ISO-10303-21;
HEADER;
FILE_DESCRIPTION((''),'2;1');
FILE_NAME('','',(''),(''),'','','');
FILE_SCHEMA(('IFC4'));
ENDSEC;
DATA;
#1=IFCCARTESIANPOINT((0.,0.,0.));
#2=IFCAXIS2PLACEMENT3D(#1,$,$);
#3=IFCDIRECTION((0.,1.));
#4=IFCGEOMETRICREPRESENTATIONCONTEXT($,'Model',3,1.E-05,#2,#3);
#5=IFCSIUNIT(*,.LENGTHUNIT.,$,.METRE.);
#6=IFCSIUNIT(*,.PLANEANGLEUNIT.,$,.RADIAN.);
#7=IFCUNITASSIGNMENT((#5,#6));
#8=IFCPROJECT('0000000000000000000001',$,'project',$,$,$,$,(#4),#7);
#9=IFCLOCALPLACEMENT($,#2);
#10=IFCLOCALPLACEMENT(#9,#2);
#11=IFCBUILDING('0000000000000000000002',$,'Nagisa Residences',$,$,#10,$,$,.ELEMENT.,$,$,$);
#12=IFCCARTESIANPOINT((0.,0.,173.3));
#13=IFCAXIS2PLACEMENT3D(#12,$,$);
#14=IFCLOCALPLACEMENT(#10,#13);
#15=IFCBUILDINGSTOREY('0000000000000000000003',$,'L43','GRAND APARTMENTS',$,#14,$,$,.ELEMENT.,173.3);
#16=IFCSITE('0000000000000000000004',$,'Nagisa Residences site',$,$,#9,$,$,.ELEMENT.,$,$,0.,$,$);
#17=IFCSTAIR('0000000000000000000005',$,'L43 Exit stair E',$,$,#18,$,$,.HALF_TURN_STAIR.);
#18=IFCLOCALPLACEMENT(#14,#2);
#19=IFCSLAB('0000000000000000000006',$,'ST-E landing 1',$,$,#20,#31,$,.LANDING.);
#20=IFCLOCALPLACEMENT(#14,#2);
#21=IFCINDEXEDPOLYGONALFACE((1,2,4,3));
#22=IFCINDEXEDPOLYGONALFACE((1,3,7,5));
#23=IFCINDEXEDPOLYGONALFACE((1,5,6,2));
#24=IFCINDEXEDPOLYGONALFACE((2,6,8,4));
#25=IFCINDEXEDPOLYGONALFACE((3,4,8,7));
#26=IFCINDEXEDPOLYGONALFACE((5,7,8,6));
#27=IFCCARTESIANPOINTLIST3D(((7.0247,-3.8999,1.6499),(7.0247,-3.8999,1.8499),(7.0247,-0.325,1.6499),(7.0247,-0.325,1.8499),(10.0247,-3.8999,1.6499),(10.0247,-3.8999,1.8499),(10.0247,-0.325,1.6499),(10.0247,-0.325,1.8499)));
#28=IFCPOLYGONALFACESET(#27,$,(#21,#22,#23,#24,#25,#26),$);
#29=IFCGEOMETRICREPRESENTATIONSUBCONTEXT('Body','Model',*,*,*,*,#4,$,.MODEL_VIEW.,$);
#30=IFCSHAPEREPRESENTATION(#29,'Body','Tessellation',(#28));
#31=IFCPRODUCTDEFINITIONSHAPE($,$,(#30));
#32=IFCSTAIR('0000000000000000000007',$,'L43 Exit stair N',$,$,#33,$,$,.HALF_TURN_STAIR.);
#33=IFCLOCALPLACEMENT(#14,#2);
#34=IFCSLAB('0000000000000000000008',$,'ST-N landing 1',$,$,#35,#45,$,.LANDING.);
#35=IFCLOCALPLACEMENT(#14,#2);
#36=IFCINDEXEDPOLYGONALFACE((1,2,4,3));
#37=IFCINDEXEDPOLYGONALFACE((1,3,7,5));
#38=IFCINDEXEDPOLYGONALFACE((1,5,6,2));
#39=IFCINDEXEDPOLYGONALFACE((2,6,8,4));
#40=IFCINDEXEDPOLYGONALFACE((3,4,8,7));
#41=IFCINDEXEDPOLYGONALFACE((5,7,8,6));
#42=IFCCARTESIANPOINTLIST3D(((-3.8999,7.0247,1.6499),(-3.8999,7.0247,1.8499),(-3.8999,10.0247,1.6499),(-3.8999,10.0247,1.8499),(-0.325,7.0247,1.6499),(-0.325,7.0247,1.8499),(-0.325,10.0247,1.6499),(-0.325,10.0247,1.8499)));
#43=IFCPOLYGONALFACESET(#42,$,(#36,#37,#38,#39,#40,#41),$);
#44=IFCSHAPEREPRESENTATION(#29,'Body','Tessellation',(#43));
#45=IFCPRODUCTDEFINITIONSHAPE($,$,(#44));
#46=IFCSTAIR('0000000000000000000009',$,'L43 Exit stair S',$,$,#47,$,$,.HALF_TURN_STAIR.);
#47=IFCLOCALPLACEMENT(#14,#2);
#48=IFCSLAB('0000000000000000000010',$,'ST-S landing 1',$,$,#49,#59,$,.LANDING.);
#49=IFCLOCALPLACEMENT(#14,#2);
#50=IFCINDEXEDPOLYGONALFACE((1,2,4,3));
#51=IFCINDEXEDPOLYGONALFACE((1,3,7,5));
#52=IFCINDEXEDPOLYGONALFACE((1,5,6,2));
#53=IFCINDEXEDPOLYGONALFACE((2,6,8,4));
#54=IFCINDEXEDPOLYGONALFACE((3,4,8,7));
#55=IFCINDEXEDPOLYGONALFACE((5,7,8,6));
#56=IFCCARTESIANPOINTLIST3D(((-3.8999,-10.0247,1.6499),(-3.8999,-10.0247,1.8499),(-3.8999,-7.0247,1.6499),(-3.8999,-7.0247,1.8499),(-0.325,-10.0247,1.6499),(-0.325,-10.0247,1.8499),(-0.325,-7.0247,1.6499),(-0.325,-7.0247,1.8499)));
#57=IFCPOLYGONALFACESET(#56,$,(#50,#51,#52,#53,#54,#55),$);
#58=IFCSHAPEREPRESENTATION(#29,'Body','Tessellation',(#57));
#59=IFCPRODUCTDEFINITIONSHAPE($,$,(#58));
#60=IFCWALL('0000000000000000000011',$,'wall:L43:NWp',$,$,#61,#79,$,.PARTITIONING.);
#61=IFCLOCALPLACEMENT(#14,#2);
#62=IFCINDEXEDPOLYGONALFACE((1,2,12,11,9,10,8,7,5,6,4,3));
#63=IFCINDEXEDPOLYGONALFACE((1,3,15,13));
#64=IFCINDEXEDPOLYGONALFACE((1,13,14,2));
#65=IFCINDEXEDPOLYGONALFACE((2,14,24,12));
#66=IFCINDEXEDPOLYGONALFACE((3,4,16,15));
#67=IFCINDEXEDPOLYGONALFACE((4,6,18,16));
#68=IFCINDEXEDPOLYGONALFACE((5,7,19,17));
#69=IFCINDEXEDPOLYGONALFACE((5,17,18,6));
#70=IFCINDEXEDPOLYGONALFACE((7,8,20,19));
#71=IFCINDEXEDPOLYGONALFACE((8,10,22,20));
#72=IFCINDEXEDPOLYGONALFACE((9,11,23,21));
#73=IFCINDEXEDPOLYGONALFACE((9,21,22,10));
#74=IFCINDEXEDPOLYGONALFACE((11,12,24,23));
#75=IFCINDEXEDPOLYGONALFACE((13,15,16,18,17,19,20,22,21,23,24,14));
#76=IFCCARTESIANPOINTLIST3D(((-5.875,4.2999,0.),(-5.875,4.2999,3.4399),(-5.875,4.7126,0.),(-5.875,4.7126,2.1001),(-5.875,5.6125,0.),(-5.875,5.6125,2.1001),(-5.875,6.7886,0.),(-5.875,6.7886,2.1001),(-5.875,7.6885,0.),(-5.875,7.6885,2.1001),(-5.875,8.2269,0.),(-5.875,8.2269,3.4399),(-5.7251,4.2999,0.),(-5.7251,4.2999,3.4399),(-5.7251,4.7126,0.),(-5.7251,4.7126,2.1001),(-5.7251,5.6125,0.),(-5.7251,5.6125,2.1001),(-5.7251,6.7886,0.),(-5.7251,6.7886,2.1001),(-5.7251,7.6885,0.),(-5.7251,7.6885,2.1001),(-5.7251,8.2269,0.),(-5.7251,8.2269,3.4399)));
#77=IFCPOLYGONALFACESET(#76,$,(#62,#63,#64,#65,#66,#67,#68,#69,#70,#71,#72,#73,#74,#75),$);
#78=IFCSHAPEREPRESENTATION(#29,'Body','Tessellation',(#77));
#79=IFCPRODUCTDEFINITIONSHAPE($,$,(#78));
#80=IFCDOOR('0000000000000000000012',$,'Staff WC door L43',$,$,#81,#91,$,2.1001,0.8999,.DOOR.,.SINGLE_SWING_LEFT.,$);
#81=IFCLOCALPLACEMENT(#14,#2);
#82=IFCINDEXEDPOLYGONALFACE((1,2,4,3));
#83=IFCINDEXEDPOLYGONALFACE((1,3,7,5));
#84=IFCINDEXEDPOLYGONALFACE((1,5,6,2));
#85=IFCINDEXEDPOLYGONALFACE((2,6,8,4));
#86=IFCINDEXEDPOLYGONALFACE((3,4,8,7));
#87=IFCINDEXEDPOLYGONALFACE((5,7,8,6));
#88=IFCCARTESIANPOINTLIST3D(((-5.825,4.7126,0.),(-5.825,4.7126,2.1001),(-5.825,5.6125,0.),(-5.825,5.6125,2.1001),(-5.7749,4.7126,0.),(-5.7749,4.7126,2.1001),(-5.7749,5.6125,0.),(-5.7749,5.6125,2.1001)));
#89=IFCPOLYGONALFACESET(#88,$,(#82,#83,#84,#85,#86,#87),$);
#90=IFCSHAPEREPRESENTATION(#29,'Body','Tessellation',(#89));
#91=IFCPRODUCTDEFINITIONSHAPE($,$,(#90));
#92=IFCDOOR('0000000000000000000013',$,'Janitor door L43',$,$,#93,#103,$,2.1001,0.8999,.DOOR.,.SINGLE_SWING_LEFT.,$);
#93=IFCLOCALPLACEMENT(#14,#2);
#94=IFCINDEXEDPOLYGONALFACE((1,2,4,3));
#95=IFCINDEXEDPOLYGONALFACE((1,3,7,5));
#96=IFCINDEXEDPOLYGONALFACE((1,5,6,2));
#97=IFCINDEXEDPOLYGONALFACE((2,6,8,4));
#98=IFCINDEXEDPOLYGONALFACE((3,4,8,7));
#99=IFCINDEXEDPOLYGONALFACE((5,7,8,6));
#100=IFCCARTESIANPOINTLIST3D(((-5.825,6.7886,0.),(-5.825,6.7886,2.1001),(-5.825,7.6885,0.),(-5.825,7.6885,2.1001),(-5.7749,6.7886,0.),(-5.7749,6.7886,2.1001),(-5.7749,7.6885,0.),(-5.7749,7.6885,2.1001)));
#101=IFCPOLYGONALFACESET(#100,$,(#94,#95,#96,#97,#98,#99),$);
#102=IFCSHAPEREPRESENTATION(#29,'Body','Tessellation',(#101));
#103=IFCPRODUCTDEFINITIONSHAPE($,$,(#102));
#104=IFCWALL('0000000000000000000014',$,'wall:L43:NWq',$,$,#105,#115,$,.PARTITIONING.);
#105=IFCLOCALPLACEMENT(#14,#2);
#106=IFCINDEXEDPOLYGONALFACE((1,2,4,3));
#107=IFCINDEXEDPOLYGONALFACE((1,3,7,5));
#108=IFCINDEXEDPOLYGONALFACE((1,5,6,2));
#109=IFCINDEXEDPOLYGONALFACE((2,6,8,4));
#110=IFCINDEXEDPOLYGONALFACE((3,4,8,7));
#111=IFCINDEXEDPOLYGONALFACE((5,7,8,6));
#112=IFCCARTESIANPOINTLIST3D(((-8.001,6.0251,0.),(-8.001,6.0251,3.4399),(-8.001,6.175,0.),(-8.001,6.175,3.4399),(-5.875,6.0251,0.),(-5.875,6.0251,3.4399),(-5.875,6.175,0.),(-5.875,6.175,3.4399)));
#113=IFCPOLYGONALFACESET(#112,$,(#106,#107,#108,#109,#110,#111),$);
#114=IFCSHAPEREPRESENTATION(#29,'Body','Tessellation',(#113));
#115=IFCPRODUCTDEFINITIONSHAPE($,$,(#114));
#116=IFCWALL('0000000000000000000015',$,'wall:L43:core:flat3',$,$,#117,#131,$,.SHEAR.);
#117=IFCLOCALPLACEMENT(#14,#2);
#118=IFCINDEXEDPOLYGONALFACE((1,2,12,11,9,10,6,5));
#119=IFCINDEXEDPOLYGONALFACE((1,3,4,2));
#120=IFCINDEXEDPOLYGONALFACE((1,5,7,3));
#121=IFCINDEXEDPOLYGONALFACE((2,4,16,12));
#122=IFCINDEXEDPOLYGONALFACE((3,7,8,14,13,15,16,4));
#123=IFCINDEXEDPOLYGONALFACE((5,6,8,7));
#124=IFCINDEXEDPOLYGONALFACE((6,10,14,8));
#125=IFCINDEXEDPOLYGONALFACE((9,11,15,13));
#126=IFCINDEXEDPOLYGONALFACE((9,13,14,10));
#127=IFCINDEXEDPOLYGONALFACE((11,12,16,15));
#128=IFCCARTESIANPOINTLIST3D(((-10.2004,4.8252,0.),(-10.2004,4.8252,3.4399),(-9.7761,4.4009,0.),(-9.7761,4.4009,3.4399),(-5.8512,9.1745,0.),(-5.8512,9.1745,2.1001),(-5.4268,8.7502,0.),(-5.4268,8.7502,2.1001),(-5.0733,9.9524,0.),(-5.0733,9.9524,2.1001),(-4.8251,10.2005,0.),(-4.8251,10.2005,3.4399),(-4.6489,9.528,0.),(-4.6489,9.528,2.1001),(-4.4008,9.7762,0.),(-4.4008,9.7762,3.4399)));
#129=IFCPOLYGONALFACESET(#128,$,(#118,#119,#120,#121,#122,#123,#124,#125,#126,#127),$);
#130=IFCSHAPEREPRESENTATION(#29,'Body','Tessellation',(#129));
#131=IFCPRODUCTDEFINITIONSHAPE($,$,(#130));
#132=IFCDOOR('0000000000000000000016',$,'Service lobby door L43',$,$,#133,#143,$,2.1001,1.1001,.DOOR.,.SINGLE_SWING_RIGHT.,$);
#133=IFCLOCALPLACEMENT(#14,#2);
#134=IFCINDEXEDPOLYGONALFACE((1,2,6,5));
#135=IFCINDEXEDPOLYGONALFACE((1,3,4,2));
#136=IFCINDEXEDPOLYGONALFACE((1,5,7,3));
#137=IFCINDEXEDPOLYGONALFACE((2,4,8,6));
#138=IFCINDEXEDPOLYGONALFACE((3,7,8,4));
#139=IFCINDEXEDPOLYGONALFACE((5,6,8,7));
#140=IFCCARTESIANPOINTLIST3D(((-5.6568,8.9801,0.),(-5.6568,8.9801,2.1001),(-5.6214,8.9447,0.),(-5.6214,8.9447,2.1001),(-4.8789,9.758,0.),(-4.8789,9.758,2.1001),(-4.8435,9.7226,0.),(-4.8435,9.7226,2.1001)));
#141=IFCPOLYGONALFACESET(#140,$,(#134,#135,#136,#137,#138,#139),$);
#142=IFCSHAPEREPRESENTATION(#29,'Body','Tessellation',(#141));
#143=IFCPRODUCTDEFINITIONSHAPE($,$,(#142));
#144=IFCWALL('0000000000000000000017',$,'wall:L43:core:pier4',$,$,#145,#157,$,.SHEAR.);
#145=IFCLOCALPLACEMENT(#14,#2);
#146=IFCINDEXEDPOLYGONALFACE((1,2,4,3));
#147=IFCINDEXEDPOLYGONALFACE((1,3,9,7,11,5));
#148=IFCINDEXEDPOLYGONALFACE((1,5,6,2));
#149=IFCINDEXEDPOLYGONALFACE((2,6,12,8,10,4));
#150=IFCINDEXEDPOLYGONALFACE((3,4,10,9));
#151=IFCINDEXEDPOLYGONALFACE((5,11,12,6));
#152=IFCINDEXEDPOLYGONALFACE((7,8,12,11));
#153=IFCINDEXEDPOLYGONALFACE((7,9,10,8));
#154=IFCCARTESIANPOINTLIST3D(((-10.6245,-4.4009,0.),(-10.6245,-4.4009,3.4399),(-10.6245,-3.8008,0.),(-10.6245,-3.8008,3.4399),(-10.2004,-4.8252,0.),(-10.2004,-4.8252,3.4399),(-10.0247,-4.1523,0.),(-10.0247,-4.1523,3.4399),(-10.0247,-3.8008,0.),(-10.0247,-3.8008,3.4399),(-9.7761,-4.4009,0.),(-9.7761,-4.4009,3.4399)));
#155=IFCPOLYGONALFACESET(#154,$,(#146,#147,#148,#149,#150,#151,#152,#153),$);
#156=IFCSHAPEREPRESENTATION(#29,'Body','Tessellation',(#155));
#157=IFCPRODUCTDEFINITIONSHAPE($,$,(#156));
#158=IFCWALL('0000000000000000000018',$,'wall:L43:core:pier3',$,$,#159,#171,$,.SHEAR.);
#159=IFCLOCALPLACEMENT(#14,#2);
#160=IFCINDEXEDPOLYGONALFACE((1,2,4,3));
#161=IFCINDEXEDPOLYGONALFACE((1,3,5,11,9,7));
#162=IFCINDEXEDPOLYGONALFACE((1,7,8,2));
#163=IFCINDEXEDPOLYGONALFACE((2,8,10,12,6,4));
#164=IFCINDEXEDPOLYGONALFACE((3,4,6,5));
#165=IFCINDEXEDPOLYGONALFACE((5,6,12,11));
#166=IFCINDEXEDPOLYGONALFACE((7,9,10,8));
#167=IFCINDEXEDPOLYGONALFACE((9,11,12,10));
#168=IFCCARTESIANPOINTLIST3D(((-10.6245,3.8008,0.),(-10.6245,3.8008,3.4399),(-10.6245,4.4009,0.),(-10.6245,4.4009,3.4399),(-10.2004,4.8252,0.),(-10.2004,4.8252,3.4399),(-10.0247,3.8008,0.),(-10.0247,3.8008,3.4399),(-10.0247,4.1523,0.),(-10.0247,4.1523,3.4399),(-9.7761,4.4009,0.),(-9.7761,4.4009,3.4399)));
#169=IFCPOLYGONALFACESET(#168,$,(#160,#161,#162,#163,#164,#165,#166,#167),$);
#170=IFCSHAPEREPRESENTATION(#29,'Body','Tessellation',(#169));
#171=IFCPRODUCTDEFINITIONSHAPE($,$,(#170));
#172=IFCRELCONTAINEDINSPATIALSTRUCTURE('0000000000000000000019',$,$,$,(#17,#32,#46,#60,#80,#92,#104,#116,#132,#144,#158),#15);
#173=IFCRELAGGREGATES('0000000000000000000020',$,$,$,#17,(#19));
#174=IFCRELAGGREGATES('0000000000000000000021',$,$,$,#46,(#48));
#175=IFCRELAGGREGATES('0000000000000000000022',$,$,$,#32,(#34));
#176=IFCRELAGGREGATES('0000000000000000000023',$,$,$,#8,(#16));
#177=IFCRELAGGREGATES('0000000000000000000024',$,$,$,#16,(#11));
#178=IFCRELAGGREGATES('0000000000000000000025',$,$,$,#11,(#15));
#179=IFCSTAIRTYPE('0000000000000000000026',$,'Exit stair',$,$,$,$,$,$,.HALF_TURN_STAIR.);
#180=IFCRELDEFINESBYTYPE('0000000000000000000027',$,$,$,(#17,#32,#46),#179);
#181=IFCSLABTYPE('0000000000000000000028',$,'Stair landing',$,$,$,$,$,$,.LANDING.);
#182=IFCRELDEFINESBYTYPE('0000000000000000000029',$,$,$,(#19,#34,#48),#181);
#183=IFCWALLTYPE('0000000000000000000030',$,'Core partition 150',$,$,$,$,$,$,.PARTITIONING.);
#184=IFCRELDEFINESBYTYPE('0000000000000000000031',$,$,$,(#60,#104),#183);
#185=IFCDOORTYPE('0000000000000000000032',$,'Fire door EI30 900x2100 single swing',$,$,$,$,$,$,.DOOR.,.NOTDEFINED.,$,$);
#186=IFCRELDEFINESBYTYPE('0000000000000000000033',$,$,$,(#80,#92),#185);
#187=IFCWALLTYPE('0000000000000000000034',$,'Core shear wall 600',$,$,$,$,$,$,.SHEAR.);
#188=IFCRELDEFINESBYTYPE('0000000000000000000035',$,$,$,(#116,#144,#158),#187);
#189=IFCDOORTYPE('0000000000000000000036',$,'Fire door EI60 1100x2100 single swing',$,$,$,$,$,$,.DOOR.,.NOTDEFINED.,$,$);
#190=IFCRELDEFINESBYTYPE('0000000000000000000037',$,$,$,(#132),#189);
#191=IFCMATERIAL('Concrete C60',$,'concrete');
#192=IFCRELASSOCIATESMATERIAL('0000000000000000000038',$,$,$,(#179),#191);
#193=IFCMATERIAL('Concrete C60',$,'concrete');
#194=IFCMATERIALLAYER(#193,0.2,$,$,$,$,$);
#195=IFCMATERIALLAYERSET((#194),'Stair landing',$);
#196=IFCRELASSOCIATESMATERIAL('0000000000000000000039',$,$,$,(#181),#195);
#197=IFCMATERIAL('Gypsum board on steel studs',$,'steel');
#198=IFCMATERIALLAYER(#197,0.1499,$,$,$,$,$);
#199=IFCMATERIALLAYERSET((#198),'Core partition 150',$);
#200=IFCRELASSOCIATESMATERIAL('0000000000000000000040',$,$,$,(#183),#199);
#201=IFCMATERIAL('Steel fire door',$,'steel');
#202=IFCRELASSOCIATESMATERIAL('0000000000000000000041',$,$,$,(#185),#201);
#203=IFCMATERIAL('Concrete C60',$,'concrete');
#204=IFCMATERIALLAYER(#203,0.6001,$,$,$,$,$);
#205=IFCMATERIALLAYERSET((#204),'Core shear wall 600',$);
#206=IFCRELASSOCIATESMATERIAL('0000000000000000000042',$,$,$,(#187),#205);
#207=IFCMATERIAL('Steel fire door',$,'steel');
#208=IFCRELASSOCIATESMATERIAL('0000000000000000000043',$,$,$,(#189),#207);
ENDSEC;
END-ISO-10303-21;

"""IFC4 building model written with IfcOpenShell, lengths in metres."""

from ifc_helpers import new_model, si_unit, direction, frame, frame_2d, origin, place, context, subcontext, project, spatial, polyline, rectangle, outline, extrude, material, layer, layer_set, type_object, element, fill, aggregate, save


model = new_model("IFC4")

# Units and contexts
model_context = context("Model", 3, precision=1e-05, world=origin(), true_north=direction((0.0, 1.0)))
body_context = subcontext(model_context, "Body", "Model", "MODEL_VIEW")
ifc_project = project(units=[si_unit("LENGTHUNIT", "METRE"), si_unit("PLANEANGLEUNIT", "RADIAN")], contexts=[model_context])

# Site, building, storey
site_placement = place(None, origin())
site = spatial("IfcSite", under=ifc_project, at=site_placement, Name="Nagisa Residences site", CompositionType="ELEMENT", RefElevation=0.0)
building_placement = place(site_placement, origin())
building = spatial("IfcBuilding", under=site, at=building_placement, Name="Nagisa Residences", CompositionType="ELEMENT")
storey_placement = place(building_placement, frame((0.0, 0.0, 173.3)))
storey = spatial("IfcBuildingStorey", under=building, at=storey_placement, Name="L43", Description="GRAND APARTMENTS", CompositionType="ELEMENT", Elevation=173.3)

# Stairs, slabs
ifc_material_1 = material(Name="Concrete C60", Category="concrete")
stair_type = type_object("IfcStairType", Name="Exit stair", PredefinedType="HALF_TURN_STAIR", material=ifc_material_1)
stair_1_placement = place(storey_placement, origin())
stair_1 = element("IfcStair", 1, at=stair_1_placement, inside=storey, type_object=stair_type, Name="L43 Exit stair E", PredefinedType="HALF_TURN_STAIR")
ifc_material_2 = material(Name="Concrete C60", Category="concrete")
ifc_layer_1 = layer(ifc_material_2, 0.2)
ifc_layer_set_1 = layer_set([ifc_layer_1], Name="Stair landing")
slab_type = type_object("IfcSlabType", Name="Stair landing", PredefinedType="LANDING", material=ifc_layer_set_1)
slab_1_placement = place(storey_placement, frame((0.0, 0.0, 1.6499)))
slab_1 = element("IfcSlab", 2, at=slab_1_placement, type_object=slab_type, Name="ST-E landing 1", PredefinedType="LANDING", context=body_context, shape_type="SweptSolid", body=[
    extrude(outline(polyline([(7.0247, -0.325), (7.0247, -3.8999), (10.0247, -3.8999), (10.0247, -0.325), (7.0247, -0.325)])), origin(), (0.0, 0.0, 1.0), 0.2),
])
aggregate(stair_1, [slab_1])
stair_2_placement = place(storey_placement, origin())
stair_2 = element("IfcStair", 3, at=stair_2_placement, inside=storey, type_object=stair_type, Name="L43 Exit stair N", PredefinedType="HALF_TURN_STAIR")
slab_2_placement = place(storey_placement, frame((0.0, 0.0, 1.6499)))
slab_2 = element("IfcSlab", 4, at=slab_2_placement, type_object=slab_type, Name="ST-N landing 1", PredefinedType="LANDING", context=body_context, shape_type="SweptSolid", body=[
    extrude(outline(polyline([(-0.325, 10.0247), (-3.8999, 10.0247), (-3.8999, 7.0247), (-0.325, 7.0247), (-0.325, 10.0247)])), origin(), (0.0, 0.0, 1.0), 0.2),
])
stair_3_placement = place(storey_placement, origin())
stair_3 = element("IfcStair", 5, at=stair_3_placement, inside=storey, type_object=stair_type, Name="L43 Exit stair S", PredefinedType="HALF_TURN_STAIR")
slab_3_placement = place(storey_placement, frame((0.0, 0.0, 1.6499)))
slab_3 = element("IfcSlab", 6, at=slab_3_placement, type_object=slab_type, Name="ST-S landing 1", PredefinedType="LANDING", context=body_context, shape_type="SweptSolid", body=[
    extrude(outline(polyline([(-0.325, -7.0247), (-3.8999, -7.0247), (-3.8999, -10.0247), (-0.325, -10.0247), (-0.325, -7.0247)])), origin(), (0.0, 0.0, 1.0), 0.2),
])
aggregate(stair_3, [slab_3])

# Wall, openings, doors
ifc_material_3 = material(Name="Gypsum board on steel studs", Category="steel")
ifc_layer_2 = layer(ifc_material_3, 0.1499)
ifc_layer_set_2 = layer_set([ifc_layer_2], Name="Core partition 150")
wall_type_1 = type_object("IfcWallType", Name="Core partition 150", PredefinedType="PARTITIONING", material=ifc_layer_set_2)
wall_1_placement = place(storey_placement, frame((-5.8, 4.3, 0.0), z_axis=(0.0, 0.0, 1.0), x_axis=(0.0, 1.0, 0.0)))
wall_1 = element("IfcWall", 7, at=wall_1_placement, inside=storey, type_object=wall_type_1, Name="wall:L43:NWp", PredefinedType="PARTITIONING", context=body_context, shape_type="SweptSolid", body=[
    extrude(rectangle(XDim=3.927, YDim=0.1499, at=frame_2d((1.9634, 0.0))), origin(), (0.0, 0.0, 1.0), 3.4399),
])
opening_1_placement = place(wall_1_placement, frame((0.4126, 0.0, 0.0)))
opening_1 = element("IfcOpeningElement", 8, at=opening_1_placement, cuts=wall_1, PredefinedType="OPENING", context=body_context, shape_type="SweptSolid", body=[
    extrude(rectangle(XDim=0.8999, YDim=2.1001, at=frame_2d((0.45, 1.05))), frame((0.0, 0.085, 0.0), z_axis=(0.0, -1.0, 0.0), x_axis=(1.0, 0.0, 0.0)), (0.0, 0.0, 1.0), 0.1699),
])
opening_2_placement = place(wall_1_placement, frame((2.4885, 0.0, 0.0)))
opening_2 = element("IfcOpeningElement", 9, at=opening_2_placement, cuts=wall_1, PredefinedType="OPENING", context=body_context, shape_type="SweptSolid", body=[
    extrude(rectangle(XDim=0.8999, YDim=2.1001, at=frame_2d((0.45, 1.05))), frame((0.0, 0.085, 0.0), z_axis=(0.0, -1.0, 0.0), x_axis=(1.0, 0.0, 0.0)), (0.0, 0.0, 1.0), 0.1699),
])
ifc_material_4 = material(Name="Steel fire door", Category="steel")
door_type_1 = type_object("IfcDoorType", Name="Fire door EI30 900x2100 single swing", OperationType="NOTDEFINED", PredefinedType="DOOR", material=ifc_material_4)
door_1_placement = place(opening_1_placement, origin())
door_1 = element("IfcDoor", 10, at=door_1_placement, inside=storey, type_object=door_type_1, Name="Staff WC door L43", OperationType="SINGLE_SWING_LEFT", OverallHeight=2.1001, OverallWidth=0.8999, PredefinedType="DOOR", context=body_context, shape_type="SweptSolid", body=[
    extrude(rectangle(XDim=0.8999, YDim=2.1001, at=frame_2d((0.45, 1.05))), frame((0.0, 0.0249, 0.0), z_axis=(0.0, -1.0, 0.0), x_axis=(1.0, 0.0, 0.0)), (0.0, 0.0, 1.0), 0.05),
])
fill(opening_1, door_1)
door_2_placement = place(opening_2_placement, origin())
door_2 = element("IfcDoor", 11, at=door_2_placement, inside=storey, type_object=door_type_1, Name="Janitor door L43", OperationType="SINGLE_SWING_LEFT", OverallHeight=2.1001, OverallWidth=0.8999, PredefinedType="DOOR", context=body_context, shape_type="SweptSolid", body=[
    extrude(rectangle(XDim=0.8999, YDim=2.1001, at=frame_2d((0.45, 1.05))), frame((0.0, 0.0249, 0.0), z_axis=(0.0, -1.0, 0.0), x_axis=(1.0, 0.0, 0.0)), (0.0, 0.0, 1.0), 0.05),
])
fill(opening_2, door_2)

# Wall
wall_2_placement = place(storey_placement, frame((-8.001, 6.1001, 0.0), z_axis=(0.0, 0.0, 1.0), x_axis=(1.0, 0.0, 0.0)))
element("IfcWall", 12, at=wall_2_placement, inside=storey, type_object=wall_type_1, Name="wall:L43:NWq", PredefinedType="PARTITIONING", context=body_context, shape_type="SweptSolid", body=[
    extrude(rectangle(XDim=2.126, YDim=0.1499, at=frame_2d((1.063, 0.0))), origin(), (0.0, 0.0, 1.0), 3.4399),
])

# Wall, opening, door
ifc_material_5 = material(Name="Concrete C60", Category="concrete")
ifc_layer_3 = layer(ifc_material_5, 0.6001)
ifc_layer_set_3 = layer_set([ifc_layer_3], Name="Core shear wall 600")
wall_type_2 = type_object("IfcWallType", Name="Core shear wall 600", PredefinedType="SHEAR", material=ifc_layer_set_3)
wall_3_placement = place(storey_placement, frame((-4.613, 9.9883, 0.0), z_axis=(0.0, 0.0, 1.0), x_axis=(-0.707107, -0.707107, 0.0)))
wall_3 = element("IfcWall", 13, at=wall_3_placement, inside=storey, type_object=wall_type_2, Name="wall:L43:core:flat3", PredefinedType="SHEAR", context=body_context, shape_type="SweptSolid", body=[
    extrude(rectangle(XDim=7.6018, YDim=0.6001, at=frame_2d((3.8008, 0.0))), origin(), (0.0, 0.0, 1.0), 3.4399),
])
opening_3_placement = place(wall_3_placement, frame((0.3508, 0.0, 0.0)))
opening_3 = element("IfcOpeningElement", 14, at=opening_3_placement, cuts=wall_3, PredefinedType="OPENING", context=body_context, shape_type="SweptSolid", body=[
    extrude(rectangle(XDim=1.1001, YDim=2.1001, at=frame_2d((0.55, 1.05))), frame((0.0, 0.3101, 0.0), z_axis=(0.0, -1.0, 0.0), x_axis=(1.0, 0.0, 0.0)), (0.0, 0.0, 1.0), 0.6201),
])
ifc_material_6 = material(Name="Steel fire door", Category="steel")
door_type_2 = type_object("IfcDoorType", Name="Fire door EI60 1100x2100 single swing", OperationType="NOTDEFINED", PredefinedType="DOOR", material=ifc_material_6)
door_3_placement = place(opening_3_placement, origin())
door_3 = element("IfcDoor", 15, at=door_3_placement, inside=storey, type_object=door_type_2, Name="Service lobby door L43", OperationType="SINGLE_SWING_RIGHT", OverallHeight=2.1001, OverallWidth=1.1001, PredefinedType="DOOR", context=body_context, shape_type="SweptSolid", body=[
    extrude(rectangle(XDim=1.1001, YDim=2.1001, at=frame_2d((0.55, 1.05))), frame((0.0, 0.0249, 0.0), z_axis=(0.0, -1.0, 0.0), x_axis=(1.0, 0.0, 0.0)), (0.0, 0.0, 1.0), 0.05),
])
fill(opening_3, door_3)

# Walls
wall_4_placement = place(storey_placement, origin())
element("IfcWall", 16, at=wall_4_placement, inside=storey, type_object=wall_type_2, Name="wall:L43:core:pier4", PredefinedType="SHEAR", context=body_context, shape_type="SweptSolid", body=[
    extrude(outline(polyline([(-10.6245, -3.8008), (-10.0247, -3.8008), (-10.0247, -4.1523), (-9.7761, -4.4009), (-10.2004, -4.8252), (-10.6245, -4.4009), (-10.6245, -3.8008)])), origin(), (0.0, 0.0, 1.0), 3.4399),
])
wall_5_placement = place(storey_placement, origin())
element("IfcWall", 17, at=wall_5_placement, inside=storey, type_object=wall_type_2, Name="wall:L43:core:pier3", PredefinedType="SHEAR", context=body_context, shape_type="SweptSolid", body=[
    extrude(outline(polyline([(-10.2004, 4.8252), (-9.7761, 4.4009), (-10.0247, 4.1523), (-10.0247, 3.8008), (-10.6245, 3.8008), (-10.6245, 4.4009), (-10.2004, 4.8252)])), origin(), (0.0, 0.0, 1.0), 3.4399),
])

aggregate(stair_2, [slab_2])

save(model, "model.ifc")
